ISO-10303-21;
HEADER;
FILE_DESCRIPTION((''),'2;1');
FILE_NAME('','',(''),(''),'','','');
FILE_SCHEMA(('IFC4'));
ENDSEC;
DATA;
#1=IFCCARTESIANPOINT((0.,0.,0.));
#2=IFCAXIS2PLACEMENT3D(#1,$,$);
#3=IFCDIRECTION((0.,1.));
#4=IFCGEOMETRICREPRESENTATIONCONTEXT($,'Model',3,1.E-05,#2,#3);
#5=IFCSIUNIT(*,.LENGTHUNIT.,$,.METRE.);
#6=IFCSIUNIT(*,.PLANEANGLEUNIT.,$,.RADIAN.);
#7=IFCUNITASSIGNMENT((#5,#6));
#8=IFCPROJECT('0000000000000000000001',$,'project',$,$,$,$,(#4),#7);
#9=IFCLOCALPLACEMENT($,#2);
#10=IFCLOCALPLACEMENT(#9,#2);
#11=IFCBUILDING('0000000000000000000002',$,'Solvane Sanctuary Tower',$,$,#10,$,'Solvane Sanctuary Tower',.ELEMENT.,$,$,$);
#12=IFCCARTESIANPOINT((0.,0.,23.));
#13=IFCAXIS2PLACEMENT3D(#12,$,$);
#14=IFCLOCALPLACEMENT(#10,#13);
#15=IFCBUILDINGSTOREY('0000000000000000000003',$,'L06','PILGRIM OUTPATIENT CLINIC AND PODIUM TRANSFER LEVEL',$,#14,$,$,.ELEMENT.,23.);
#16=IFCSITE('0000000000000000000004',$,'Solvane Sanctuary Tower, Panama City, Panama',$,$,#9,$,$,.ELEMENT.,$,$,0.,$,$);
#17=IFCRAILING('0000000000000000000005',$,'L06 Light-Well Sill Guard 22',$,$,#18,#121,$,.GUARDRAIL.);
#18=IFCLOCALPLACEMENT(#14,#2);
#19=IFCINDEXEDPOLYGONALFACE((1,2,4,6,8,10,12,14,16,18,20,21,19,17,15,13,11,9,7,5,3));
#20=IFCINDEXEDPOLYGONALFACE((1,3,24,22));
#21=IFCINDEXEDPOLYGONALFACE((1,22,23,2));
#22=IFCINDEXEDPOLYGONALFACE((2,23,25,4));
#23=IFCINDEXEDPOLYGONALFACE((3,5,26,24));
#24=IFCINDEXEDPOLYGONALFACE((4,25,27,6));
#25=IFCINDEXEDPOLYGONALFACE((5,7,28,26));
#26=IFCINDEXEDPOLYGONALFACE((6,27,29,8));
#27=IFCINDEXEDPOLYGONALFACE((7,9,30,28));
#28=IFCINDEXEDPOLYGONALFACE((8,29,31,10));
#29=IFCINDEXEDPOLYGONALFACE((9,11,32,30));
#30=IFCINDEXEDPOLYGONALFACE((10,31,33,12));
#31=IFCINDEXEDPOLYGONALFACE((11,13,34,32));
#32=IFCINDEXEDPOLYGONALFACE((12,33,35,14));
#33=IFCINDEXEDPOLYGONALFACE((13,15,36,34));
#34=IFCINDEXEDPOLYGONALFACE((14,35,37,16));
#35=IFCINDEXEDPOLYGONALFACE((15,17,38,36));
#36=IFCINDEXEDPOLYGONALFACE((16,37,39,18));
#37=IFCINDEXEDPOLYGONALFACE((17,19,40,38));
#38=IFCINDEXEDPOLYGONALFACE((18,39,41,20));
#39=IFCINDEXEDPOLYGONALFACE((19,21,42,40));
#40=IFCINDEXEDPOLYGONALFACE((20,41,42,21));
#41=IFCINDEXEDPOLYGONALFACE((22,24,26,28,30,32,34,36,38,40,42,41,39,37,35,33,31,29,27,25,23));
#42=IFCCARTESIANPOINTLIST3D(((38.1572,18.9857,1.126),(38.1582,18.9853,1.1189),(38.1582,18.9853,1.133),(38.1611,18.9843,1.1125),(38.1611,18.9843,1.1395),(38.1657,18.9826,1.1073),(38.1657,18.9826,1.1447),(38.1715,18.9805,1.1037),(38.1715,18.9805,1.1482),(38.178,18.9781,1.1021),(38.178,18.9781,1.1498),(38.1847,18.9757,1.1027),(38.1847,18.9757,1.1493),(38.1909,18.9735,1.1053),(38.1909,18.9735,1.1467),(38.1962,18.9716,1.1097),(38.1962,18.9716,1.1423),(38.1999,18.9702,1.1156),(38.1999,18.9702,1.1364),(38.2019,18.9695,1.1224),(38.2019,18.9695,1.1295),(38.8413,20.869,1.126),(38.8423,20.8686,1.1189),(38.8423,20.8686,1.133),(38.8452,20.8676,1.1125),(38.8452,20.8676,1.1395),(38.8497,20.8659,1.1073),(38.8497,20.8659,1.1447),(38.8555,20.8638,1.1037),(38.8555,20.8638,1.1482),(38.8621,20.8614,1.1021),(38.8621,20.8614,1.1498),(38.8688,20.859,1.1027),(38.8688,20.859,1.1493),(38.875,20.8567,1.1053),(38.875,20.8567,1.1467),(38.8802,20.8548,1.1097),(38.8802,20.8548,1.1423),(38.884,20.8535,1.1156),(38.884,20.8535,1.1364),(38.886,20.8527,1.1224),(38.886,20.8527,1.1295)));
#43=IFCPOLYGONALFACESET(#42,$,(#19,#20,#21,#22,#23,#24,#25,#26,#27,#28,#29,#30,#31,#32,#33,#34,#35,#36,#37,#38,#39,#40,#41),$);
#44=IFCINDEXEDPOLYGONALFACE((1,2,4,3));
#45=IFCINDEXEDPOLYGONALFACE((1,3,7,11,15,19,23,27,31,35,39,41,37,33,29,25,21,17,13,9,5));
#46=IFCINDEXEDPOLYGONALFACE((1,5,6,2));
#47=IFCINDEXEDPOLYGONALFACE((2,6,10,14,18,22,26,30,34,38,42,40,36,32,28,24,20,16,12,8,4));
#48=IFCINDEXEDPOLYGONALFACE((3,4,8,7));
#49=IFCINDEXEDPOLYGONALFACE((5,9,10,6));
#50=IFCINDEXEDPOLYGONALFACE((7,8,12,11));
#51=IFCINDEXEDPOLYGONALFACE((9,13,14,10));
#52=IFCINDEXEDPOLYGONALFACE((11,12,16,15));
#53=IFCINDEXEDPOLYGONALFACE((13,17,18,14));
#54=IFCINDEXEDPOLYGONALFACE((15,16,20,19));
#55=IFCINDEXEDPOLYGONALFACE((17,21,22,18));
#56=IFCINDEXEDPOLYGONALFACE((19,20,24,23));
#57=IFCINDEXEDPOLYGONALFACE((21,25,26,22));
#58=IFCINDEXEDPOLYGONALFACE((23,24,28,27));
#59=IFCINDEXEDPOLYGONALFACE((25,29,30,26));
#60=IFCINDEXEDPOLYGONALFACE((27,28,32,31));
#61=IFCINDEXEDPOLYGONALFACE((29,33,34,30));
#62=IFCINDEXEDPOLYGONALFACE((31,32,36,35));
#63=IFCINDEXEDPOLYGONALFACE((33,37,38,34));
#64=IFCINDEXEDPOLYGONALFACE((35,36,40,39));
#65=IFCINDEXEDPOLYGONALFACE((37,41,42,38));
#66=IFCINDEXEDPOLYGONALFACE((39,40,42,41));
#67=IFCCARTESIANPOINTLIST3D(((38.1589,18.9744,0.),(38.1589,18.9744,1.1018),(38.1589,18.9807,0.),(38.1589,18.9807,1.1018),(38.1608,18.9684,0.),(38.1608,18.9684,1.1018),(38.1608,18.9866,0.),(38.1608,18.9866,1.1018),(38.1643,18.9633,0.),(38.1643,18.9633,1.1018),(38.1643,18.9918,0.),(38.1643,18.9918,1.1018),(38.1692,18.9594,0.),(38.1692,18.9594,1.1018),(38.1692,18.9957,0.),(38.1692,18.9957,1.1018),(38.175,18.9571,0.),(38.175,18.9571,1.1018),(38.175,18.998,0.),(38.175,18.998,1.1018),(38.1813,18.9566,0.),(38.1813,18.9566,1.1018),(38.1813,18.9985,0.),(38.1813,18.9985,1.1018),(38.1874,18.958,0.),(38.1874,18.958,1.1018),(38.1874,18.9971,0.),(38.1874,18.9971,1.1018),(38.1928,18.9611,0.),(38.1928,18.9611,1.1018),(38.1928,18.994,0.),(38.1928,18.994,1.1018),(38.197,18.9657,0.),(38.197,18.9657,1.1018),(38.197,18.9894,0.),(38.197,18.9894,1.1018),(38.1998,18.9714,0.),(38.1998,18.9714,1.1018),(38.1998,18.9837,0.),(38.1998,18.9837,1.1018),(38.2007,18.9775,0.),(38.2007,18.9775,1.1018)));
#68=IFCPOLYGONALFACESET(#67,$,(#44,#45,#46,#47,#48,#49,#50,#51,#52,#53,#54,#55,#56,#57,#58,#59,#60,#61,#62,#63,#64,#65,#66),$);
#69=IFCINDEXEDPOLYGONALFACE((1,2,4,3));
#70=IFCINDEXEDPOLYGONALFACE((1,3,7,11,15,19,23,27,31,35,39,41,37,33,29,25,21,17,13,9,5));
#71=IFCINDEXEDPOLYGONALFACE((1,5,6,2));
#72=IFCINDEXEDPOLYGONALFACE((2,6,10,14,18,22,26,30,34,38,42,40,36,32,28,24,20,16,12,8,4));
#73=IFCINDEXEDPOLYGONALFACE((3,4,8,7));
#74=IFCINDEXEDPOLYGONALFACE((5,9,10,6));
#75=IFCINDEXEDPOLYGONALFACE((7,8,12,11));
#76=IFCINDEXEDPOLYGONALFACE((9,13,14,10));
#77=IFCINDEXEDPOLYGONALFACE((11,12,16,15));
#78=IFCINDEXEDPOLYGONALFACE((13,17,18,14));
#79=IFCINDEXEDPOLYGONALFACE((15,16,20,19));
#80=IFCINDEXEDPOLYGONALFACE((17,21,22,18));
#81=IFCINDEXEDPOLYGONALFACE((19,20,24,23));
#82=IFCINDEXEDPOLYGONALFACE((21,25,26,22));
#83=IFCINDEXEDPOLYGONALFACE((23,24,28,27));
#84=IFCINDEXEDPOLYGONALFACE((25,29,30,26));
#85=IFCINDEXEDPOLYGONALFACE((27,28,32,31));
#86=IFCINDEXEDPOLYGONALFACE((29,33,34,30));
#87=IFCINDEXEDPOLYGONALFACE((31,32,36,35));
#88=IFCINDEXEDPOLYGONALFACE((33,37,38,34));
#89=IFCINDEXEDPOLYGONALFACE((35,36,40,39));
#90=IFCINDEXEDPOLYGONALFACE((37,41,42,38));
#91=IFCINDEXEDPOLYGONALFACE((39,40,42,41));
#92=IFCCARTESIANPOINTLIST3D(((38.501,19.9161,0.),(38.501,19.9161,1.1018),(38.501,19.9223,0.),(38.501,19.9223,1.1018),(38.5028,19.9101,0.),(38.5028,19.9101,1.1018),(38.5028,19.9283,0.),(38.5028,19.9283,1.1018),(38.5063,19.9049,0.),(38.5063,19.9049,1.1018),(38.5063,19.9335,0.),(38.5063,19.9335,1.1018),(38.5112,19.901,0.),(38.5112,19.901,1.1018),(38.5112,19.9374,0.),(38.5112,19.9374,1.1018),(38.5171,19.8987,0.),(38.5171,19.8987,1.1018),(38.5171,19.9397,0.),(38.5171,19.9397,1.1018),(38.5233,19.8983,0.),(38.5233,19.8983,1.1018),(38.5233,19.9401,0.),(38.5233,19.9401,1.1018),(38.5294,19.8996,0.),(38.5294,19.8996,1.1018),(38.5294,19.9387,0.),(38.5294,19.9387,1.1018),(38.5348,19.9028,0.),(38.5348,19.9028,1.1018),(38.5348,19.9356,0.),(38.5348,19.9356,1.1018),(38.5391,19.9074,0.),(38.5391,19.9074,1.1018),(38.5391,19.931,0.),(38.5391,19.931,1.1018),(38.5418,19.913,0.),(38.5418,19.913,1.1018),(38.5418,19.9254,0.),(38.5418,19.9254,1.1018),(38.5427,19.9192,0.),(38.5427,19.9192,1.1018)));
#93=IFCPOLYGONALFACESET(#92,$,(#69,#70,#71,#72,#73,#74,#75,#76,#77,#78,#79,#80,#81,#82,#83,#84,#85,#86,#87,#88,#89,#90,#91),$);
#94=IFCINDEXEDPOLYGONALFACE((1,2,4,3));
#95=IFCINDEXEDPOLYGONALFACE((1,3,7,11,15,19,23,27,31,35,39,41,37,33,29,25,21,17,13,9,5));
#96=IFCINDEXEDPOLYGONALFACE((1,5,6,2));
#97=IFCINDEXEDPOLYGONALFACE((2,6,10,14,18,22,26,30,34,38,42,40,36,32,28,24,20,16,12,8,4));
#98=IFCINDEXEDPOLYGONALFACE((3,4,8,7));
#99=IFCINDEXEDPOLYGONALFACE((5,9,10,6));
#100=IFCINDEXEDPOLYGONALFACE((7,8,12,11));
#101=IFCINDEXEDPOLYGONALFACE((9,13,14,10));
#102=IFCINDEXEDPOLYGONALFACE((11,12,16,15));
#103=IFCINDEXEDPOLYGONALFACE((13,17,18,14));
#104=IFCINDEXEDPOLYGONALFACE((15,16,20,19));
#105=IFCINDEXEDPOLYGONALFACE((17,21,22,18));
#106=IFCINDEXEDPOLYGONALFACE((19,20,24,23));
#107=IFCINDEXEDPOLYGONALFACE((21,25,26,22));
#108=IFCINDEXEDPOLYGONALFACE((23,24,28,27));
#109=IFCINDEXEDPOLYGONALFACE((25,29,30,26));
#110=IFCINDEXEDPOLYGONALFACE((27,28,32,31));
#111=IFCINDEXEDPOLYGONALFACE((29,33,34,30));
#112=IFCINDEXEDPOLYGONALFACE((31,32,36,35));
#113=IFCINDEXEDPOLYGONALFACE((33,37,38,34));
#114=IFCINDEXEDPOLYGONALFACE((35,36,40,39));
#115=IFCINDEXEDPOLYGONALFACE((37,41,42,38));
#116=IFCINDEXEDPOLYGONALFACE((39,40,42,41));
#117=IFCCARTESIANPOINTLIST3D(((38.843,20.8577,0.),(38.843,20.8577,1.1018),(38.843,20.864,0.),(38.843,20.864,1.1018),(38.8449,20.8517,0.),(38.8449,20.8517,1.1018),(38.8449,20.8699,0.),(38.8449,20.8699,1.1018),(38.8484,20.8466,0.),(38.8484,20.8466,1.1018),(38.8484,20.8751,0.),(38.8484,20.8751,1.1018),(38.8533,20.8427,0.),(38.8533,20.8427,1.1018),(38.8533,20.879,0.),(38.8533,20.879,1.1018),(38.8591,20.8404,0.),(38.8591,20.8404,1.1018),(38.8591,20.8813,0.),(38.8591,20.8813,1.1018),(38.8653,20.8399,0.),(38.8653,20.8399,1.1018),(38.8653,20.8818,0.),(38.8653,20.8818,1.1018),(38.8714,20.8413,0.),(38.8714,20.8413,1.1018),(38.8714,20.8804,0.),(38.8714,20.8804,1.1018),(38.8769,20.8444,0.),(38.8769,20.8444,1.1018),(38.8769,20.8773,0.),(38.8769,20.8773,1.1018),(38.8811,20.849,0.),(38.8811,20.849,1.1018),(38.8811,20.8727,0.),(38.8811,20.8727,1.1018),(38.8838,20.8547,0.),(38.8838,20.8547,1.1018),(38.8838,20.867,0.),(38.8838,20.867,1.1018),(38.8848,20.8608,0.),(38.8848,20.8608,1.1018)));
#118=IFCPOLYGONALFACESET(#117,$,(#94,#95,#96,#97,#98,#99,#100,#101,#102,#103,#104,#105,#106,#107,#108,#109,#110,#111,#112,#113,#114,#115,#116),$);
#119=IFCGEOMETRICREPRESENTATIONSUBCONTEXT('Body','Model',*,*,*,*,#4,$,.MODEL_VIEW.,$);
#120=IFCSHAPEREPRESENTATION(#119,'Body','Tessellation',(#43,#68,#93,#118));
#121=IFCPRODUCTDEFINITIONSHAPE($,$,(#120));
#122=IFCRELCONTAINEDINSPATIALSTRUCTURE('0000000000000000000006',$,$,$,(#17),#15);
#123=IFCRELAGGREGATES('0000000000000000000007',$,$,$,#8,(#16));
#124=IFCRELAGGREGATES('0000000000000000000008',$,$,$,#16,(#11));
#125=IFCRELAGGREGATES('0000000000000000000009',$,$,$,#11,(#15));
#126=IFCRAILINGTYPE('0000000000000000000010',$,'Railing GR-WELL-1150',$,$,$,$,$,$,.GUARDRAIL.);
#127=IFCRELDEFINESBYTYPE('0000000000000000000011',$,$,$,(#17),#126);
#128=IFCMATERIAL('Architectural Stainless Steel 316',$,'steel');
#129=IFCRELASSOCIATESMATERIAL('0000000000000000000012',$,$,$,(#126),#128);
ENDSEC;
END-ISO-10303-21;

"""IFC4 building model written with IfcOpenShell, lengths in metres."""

from ifc_helpers import new_model, si_unit, direction, frame, origin, origin_2d, place, context, subcontext, project, spatial, circle, extrude, material, type_object, element, save


model = new_model("IFC4")

# Units and contexts
model_context = context("Model", 3, precision=1e-05, world=origin(), true_north=direction((0.0, 1.0)))
body_context = subcontext(model_context, "Body", "Model", "MODEL_VIEW")
ifc_project = project(units=[si_unit("LENGTHUNIT", "METRE"), si_unit("PLANEANGLEUNIT", "RADIAN")], contexts=[model_context])

# Site, building, storey
site_placement = place(None, origin())
site = spatial("IfcSite", under=ifc_project, at=site_placement, Name="Solvane Sanctuary Tower, Panama City, Panama", CompositionType="ELEMENT", RefElevation=0.0)
building_placement = place(site_placement, origin())
building = spatial("IfcBuilding", under=site, at=building_placement, Name="Solvane Sanctuary Tower", LongName="Solvane Sanctuary Tower", CompositionType="ELEMENT")
storey_placement = place(building_placement, frame((0.0, 0.0, 23.0)))
storey = spatial("IfcBuildingStorey", under=building, at=storey_placement, Name="L06", Description="PILGRIM OUTPATIENT CLINIC AND PODIUM TRANSFER LEVEL", CompositionType="ELEMENT", Elevation=23.0)

# Railing
ifc_material_1 = material(Name="Architectural Stainless Steel 316", Category="steel")
railing_type = type_object("IfcRailingType", Name="Railing GR-WELL-1150", PredefinedType="GUARDRAIL", material=ifc_material_1)
railing_1_placement = place(storey_placement, frame((38.1797, 18.9775, 0.0)))
element("IfcRailing", 1, at=railing_1_placement, inside=storey, type_object=railing_type, Name="L06 Light-Well Sill Guard 22", PredefinedType="GUARDRAIL", context=body_context, shape_type="SweptSolid", body=[
    extrude(circle(Radius=0.0239, at=origin_2d()), frame((0.0, 0.0, 1.126), z_axis=(0.34141, 0.939914, 0.0), x_axis=(-0.939914, 0.34141, 0.0)), (0.0, 0.0, 1.0), 2.0037),
    extrude(circle(Radius=0.021, at=origin_2d()), origin(), (0.0, 0.0, 1.0), 1.1018),
    extrude(circle(Radius=0.021, at=origin_2d()), frame((0.342, 0.9417, 0.0)), (0.0, 0.0, 1.0), 1.1018),
    extrude(circle(Radius=0.021, at=origin_2d()), frame((0.6841, 1.8833, 0.0)), (0.0, 0.0, 1.0), 1.1018),
])

save(model, "model.ifc")
